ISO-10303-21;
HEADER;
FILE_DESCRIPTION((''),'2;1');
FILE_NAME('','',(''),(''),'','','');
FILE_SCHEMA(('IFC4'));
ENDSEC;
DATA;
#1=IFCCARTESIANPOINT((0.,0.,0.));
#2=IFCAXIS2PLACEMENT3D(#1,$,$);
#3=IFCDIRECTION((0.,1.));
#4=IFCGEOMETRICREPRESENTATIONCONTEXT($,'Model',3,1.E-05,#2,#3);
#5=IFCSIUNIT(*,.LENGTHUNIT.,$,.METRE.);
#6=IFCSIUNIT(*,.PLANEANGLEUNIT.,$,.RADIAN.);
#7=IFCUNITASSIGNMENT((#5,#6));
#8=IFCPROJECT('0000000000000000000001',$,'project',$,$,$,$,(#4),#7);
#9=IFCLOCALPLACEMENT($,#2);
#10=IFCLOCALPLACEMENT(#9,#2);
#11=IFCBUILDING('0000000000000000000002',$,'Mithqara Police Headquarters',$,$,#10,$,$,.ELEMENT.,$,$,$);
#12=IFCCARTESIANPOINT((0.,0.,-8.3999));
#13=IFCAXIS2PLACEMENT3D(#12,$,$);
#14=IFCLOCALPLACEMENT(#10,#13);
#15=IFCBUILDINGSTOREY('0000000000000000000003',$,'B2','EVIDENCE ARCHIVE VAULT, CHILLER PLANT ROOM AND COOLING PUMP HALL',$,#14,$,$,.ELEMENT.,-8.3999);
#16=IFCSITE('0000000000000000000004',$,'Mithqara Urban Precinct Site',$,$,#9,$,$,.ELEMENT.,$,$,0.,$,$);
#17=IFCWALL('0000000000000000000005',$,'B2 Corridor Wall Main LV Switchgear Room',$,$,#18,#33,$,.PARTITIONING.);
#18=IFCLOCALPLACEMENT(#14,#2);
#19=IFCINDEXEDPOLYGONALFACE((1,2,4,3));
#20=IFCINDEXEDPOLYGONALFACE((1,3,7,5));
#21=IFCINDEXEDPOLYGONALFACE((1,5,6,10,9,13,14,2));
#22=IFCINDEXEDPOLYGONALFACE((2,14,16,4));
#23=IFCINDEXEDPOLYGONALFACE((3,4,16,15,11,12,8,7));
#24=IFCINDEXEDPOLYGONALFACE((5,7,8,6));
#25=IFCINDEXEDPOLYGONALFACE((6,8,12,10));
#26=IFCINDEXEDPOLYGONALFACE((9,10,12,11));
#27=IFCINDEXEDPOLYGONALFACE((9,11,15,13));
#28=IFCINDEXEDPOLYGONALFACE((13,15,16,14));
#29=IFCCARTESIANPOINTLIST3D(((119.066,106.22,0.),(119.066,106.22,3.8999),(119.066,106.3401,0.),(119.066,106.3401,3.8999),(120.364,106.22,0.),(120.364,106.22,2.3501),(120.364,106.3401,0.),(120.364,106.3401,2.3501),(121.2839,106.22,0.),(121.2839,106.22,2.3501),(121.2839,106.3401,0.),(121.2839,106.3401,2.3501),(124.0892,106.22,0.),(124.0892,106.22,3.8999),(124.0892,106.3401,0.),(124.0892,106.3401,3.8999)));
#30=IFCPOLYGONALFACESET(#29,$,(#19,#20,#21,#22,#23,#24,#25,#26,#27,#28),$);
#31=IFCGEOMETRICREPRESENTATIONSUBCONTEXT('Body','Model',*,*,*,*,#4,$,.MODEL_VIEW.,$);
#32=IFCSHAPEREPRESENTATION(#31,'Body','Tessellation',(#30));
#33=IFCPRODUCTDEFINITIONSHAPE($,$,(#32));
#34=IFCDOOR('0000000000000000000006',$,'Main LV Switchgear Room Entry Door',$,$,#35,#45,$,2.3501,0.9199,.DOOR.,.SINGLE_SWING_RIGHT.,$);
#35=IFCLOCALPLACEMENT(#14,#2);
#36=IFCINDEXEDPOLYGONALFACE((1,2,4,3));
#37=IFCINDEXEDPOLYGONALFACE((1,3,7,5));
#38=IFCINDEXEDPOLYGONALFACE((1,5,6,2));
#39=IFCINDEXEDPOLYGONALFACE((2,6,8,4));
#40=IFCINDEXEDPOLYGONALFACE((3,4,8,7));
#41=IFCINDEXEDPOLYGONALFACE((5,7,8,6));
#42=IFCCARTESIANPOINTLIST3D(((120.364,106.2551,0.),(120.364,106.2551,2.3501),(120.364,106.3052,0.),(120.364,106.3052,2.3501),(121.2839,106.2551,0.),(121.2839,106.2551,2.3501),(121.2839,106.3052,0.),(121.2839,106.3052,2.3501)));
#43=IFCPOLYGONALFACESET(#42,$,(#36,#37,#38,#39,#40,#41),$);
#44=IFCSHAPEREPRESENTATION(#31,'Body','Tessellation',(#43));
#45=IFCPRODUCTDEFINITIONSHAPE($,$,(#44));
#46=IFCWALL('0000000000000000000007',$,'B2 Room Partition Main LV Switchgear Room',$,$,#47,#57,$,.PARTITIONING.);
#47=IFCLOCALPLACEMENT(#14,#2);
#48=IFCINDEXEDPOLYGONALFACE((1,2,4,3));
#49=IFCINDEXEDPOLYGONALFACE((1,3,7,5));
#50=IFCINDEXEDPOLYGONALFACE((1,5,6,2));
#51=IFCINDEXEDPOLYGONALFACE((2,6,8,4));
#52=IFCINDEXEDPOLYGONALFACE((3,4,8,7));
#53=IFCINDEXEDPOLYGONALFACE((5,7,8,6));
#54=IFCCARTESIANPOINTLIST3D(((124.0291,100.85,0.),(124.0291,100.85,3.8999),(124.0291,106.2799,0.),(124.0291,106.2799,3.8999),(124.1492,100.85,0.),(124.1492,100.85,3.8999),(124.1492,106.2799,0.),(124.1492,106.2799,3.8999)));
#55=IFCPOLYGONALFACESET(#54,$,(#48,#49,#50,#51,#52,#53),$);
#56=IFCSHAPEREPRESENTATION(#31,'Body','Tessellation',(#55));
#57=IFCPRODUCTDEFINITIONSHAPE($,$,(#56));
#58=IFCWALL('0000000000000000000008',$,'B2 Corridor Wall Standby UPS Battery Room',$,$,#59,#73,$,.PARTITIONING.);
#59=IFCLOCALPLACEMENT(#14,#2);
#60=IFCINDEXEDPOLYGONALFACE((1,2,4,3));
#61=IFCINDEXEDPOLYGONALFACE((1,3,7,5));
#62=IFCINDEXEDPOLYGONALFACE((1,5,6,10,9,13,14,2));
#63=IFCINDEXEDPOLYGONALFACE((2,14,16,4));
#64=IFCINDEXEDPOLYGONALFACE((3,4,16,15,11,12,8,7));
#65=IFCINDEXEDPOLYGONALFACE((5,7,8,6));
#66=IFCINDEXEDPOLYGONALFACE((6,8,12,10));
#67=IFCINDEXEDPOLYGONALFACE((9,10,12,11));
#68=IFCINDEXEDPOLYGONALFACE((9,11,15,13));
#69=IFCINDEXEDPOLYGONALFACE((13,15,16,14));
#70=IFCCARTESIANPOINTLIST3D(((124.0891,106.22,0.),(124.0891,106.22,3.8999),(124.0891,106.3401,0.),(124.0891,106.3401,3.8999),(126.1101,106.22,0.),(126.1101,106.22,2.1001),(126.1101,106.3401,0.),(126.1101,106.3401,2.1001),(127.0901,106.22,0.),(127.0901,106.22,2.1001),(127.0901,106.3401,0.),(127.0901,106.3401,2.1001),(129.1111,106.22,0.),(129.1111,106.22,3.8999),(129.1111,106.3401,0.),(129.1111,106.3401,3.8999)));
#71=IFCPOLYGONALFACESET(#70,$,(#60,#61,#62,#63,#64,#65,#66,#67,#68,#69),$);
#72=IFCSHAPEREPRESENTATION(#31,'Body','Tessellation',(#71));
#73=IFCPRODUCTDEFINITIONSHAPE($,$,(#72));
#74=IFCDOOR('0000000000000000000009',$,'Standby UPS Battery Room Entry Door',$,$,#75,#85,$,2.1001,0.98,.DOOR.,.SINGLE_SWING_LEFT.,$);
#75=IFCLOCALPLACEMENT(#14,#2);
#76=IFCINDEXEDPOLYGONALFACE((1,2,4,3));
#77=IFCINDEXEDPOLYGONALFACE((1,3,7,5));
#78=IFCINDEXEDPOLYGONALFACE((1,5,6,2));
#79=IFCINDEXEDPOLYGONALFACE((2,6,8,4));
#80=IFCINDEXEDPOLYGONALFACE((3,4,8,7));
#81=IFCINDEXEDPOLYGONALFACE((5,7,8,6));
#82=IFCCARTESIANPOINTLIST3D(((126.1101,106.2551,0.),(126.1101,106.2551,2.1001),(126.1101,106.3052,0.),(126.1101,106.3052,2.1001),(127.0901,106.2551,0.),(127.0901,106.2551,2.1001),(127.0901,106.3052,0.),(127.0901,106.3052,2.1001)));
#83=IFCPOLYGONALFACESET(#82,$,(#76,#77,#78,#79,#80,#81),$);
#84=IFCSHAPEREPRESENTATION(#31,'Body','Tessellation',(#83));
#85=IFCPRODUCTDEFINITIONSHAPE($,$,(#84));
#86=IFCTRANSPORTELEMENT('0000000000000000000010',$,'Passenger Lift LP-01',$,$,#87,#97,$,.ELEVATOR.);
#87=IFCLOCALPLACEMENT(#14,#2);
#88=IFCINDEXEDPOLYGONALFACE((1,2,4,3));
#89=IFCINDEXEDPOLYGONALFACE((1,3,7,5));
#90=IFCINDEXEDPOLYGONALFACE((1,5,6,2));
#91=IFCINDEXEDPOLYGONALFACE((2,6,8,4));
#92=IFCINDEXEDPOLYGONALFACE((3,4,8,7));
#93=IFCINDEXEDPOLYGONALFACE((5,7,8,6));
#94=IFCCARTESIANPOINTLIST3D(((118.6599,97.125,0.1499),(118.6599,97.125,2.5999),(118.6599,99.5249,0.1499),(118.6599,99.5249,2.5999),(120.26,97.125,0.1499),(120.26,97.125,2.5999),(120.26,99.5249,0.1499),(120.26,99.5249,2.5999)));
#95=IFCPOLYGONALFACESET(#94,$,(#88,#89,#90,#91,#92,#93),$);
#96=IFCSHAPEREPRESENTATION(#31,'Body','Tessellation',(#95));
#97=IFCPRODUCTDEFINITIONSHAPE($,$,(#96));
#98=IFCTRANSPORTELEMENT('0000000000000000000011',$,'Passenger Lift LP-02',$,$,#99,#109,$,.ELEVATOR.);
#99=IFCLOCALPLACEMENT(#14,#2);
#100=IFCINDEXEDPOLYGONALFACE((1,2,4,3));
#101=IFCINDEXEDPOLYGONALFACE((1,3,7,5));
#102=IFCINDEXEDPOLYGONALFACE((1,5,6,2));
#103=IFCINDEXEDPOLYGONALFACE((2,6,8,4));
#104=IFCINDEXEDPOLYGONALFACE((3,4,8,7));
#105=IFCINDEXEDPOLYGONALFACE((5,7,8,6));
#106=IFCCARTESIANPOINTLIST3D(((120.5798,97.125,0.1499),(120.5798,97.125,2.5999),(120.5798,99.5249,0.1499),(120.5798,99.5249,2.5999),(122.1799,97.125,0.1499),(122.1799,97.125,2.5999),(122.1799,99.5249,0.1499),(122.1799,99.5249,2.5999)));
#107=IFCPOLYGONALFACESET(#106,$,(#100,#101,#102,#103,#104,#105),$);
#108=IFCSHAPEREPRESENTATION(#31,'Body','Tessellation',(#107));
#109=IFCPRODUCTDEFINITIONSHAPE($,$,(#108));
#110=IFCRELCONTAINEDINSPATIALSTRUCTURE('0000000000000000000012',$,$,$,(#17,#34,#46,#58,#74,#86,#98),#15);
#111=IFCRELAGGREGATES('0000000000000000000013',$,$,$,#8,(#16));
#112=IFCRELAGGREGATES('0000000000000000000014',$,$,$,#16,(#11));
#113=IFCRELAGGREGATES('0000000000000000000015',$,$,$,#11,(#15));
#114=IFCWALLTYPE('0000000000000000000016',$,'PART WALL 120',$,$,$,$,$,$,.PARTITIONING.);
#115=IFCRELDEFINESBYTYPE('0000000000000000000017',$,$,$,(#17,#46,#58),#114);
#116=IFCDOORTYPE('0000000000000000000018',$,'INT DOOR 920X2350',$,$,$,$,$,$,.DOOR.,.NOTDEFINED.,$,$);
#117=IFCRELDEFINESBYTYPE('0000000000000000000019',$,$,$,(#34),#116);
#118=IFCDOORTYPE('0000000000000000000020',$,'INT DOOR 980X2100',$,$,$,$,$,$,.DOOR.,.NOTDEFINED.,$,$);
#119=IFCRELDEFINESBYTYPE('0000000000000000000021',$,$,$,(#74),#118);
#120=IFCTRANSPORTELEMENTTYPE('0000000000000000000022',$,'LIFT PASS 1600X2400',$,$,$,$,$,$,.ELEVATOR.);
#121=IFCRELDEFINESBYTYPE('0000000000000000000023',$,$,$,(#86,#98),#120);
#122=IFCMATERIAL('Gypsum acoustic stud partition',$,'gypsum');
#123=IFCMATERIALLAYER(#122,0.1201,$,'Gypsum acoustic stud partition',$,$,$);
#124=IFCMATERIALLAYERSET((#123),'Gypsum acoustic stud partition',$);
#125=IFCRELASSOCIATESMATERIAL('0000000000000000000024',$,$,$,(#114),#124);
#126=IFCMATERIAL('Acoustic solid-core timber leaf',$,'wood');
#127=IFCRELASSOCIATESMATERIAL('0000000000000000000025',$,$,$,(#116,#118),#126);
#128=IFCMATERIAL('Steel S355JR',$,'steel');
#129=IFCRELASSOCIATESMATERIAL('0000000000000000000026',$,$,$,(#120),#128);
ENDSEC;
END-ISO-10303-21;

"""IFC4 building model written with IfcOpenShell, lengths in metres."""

from ifc_helpers import new_model, si_unit, direction, frame, frame_2d, origin, origin_2d, place, context, subcontext, project, spatial, rectangle, extrude, material, layer, layer_set, type_object, element, fill, save


model = new_model("IFC4")

# Units and contexts
model_context = context("Model", 3, precision=1e-05, world=origin(), true_north=direction((0.0, 1.0)))
body_context = subcontext(model_context, "Body", "Model", "MODEL_VIEW")
ifc_project = project(units=[si_unit("LENGTHUNIT", "METRE"), si_unit("PLANEANGLEUNIT", "RADIAN")], contexts=[model_context])

# Site, building, storey
site_placement = place(None, origin())
site = spatial("IfcSite", under=ifc_project, at=site_placement, Name="Mithqara Urban Precinct Site", CompositionType="ELEMENT", RefElevation=0.0)
building_placement = place(site_placement, origin())
building = spatial("IfcBuilding", under=site, at=building_placement, Name="Mithqara Police Headquarters", CompositionType="ELEMENT")
storey_placement = place(building_placement, frame((0.0, 0.0, -8.3999)))
storey = spatial("IfcBuildingStorey", under=building, at=storey_placement, Name="B2", Description="EVIDENCE ARCHIVE VAULT, CHILLER PLANT ROOM AND COOLING PUMP HALL", CompositionType="ELEMENT", Elevation=-8.3999)

# Shared definitions
ifc_material_1 = material(Name="Steel S355JR", Category="steel")

# Shared definitions
ifc_material_2 = material(Name="Gypsum acoustic stud partition", Category="gypsum")
ifc_layer = layer(ifc_material_2, 0.1201, Name="Gypsum acoustic stud partition")
ifc_layer_set = layer_set([ifc_layer], Name="Gypsum acoustic stud partition")
wall_type = type_object("IfcWallType", Name="PART WALL 120", PredefinedType="PARTITIONING", material=ifc_layer_set)

# Wall, opening, door
wall_1_placement = place(storey_placement, frame((119.0659, 106.28, 0.0), z_axis=(0.0, 0.0, 1.0), x_axis=(1.0, 0.0, 0.0)))
wall_1 = element("IfcWall", 1, at=wall_1_placement, inside=storey, type_object=wall_type, Name="B2 Corridor Wall Main LV Switchgear Room", PredefinedType="PARTITIONING", context=body_context, shape_type="SweptSolid", body=[
    extrude(rectangle(XDim=5.0232, YDim=0.1201, at=frame_2d((2.5117, 0.0))), origin(), (0.0, 0.0, 1.0), 3.8999),
])
opening_1_placement = place(wall_1_placement, frame((1.2981, 0.0, 0.0)))
opening_1 = element("IfcOpeningElement", 2, at=opening_1_placement, cuts=wall_1, PredefinedType="OPENING", context=body_context, shape_type="SweptSolid", body=[
    extrude(rectangle(XDim=0.9199, YDim=2.3501, at=frame_2d((0.46, 1.175))), frame((0.0, 0.0701, 0.0), z_axis=(0.0, -1.0, 0.0), x_axis=(1.0, 0.0, 0.0)), (0.0, 0.0, 1.0), 0.1401),
])
ifc_material_3 = material(Name="Acoustic solid-core timber leaf", Category="wood")
door_type_1 = type_object("IfcDoorType", Name="INT DOOR 920X2350", OperationType="NOTDEFINED", PredefinedType="DOOR", material=ifc_material_3)
door_1_placement = place(opening_1_placement, frame((0.9199, 0.0, 0.0), z_axis=(0.0, 0.0, 1.0), x_axis=(-1.0, 0.0, 0.0)))
door_1 = element("IfcDoor", 3, at=door_1_placement, inside=storey, type_object=door_type_1, Name="Main LV Switchgear Room Entry Door", OperationType="SINGLE_SWING_RIGHT", OverallHeight=2.3501, OverallWidth=0.9199, PredefinedType="DOOR", context=body_context, shape_type="SweptSolid", body=[
    extrude(rectangle(XDim=0.9199, YDim=2.3501, at=frame_2d((0.46, 1.175))), frame((0.0, 0.0249, 0.0), z_axis=(0.0, -1.0, 0.0), x_axis=(1.0, 0.0, 0.0)), (0.0, 0.0, 1.0), 0.05),
])
fill(opening_1, door_1)

# Wall
wall_2_placement = place(storey_placement, frame((124.0891, 100.8501, 0.0), z_axis=(0.0, 0.0, 1.0), x_axis=(0.0, 1.0, 0.0)))
element("IfcWall", 4, at=wall_2_placement, inside=storey, type_object=wall_type, Name="B2 Room Partition Main LV Switchgear Room", PredefinedType="PARTITIONING", context=body_context, shape_type="SweptSolid", body=[
    extrude(rectangle(XDim=5.4299, YDim=0.1201, at=frame_2d((2.7148, 0.0))), origin(), (0.0, 0.0, 1.0), 3.8999),
])

# Wall, opening, door
wall_3_placement = place(storey_placement, frame((124.0891, 106.28, 0.0), z_axis=(0.0, 0.0, 1.0), x_axis=(1.0, 0.0, 0.0)))
wall_3 = element("IfcWall", 5, at=wall_3_placement, inside=storey, type_object=wall_type, Name="B2 Corridor Wall Standby UPS Battery Room", PredefinedType="PARTITIONING", context=body_context, shape_type="SweptSolid", body=[
    extrude(rectangle(XDim=5.022, YDim=0.1201, at=frame_2d((2.511, 0.0))), origin(), (0.0, 0.0, 1.0), 3.8999),
])
opening_2_placement = place(wall_3_placement, frame((2.021, 0.0, 0.0)))
opening_2 = element("IfcOpeningElement", 6, at=opening_2_placement, cuts=wall_3, PredefinedType="OPENING", context=body_context, shape_type="SweptSolid", body=[
    extrude(rectangle(XDim=0.98, YDim=2.1001, at=frame_2d((0.49, 1.05))), frame((0.0, 0.0701, 0.0), z_axis=(0.0, -1.0, 0.0), x_axis=(1.0, 0.0, 0.0)), (0.0, 0.0, 1.0), 0.1401),
])
door_type_2 = type_object("IfcDoorType", Name="INT DOOR 980X2100", OperationType="NOTDEFINED", PredefinedType="DOOR", material=ifc_material_3)
door_2_placement = place(opening_2_placement, frame((0.98, 0.0, 0.0), z_axis=(0.0, 0.0, 1.0), x_axis=(-1.0, 0.0, 0.0)))
door_2 = element("IfcDoor", 7, at=door_2_placement, inside=storey, type_object=door_type_2, Name="Standby UPS Battery Room Entry Door", OperationType="SINGLE_SWING_LEFT", OverallHeight=2.1001, OverallWidth=0.98, PredefinedType="DOOR", context=body_context, shape_type="SweptSolid", body=[
    extrude(rectangle(XDim=0.98, YDim=2.1001, at=frame_2d((0.49, 1.05))), frame((0.0, 0.0249, 0.0), z_axis=(0.0, -1.0, 0.0), x_axis=(1.0, 0.0, 0.0)), (0.0, 0.0, 1.0), 0.05),
])
fill(opening_2, door_2)

# Transport elements
transport_element_type = type_object("IfcTransportElementType", Name="LIFT PASS 1600X2400", PredefinedType="ELEVATOR", material=ifc_material_1)
for number, where, z_axis, x_axis, name in (
    (8, (119.46, 98.325, 0.1499), (0.0, 0.0, 1.0), (1.0, 0.0, 0.0), "Passenger Lift LP-01"),
    (9, (121.3799, 98.325, 0.1499), (0.0, 0.0, 1.0), (1.0, 0.0, 0.0), "Passenger Lift LP-02"),
):
    element("IfcTransportElement", number, at=place(storey_placement, frame(where, z_axis=z_axis, x_axis=x_axis)), inside=storey, type_object=transport_element_type, Name=name, PredefinedType="ELEVATOR", context=body_context, shape_type="SweptSolid", body=[
        extrude(rectangle(XDim=1.6001, YDim=2.3999, at=origin_2d()), origin(), (0.0, 0.0, 1.0), 2.45),
    ])

save(model, "model.ifc")
